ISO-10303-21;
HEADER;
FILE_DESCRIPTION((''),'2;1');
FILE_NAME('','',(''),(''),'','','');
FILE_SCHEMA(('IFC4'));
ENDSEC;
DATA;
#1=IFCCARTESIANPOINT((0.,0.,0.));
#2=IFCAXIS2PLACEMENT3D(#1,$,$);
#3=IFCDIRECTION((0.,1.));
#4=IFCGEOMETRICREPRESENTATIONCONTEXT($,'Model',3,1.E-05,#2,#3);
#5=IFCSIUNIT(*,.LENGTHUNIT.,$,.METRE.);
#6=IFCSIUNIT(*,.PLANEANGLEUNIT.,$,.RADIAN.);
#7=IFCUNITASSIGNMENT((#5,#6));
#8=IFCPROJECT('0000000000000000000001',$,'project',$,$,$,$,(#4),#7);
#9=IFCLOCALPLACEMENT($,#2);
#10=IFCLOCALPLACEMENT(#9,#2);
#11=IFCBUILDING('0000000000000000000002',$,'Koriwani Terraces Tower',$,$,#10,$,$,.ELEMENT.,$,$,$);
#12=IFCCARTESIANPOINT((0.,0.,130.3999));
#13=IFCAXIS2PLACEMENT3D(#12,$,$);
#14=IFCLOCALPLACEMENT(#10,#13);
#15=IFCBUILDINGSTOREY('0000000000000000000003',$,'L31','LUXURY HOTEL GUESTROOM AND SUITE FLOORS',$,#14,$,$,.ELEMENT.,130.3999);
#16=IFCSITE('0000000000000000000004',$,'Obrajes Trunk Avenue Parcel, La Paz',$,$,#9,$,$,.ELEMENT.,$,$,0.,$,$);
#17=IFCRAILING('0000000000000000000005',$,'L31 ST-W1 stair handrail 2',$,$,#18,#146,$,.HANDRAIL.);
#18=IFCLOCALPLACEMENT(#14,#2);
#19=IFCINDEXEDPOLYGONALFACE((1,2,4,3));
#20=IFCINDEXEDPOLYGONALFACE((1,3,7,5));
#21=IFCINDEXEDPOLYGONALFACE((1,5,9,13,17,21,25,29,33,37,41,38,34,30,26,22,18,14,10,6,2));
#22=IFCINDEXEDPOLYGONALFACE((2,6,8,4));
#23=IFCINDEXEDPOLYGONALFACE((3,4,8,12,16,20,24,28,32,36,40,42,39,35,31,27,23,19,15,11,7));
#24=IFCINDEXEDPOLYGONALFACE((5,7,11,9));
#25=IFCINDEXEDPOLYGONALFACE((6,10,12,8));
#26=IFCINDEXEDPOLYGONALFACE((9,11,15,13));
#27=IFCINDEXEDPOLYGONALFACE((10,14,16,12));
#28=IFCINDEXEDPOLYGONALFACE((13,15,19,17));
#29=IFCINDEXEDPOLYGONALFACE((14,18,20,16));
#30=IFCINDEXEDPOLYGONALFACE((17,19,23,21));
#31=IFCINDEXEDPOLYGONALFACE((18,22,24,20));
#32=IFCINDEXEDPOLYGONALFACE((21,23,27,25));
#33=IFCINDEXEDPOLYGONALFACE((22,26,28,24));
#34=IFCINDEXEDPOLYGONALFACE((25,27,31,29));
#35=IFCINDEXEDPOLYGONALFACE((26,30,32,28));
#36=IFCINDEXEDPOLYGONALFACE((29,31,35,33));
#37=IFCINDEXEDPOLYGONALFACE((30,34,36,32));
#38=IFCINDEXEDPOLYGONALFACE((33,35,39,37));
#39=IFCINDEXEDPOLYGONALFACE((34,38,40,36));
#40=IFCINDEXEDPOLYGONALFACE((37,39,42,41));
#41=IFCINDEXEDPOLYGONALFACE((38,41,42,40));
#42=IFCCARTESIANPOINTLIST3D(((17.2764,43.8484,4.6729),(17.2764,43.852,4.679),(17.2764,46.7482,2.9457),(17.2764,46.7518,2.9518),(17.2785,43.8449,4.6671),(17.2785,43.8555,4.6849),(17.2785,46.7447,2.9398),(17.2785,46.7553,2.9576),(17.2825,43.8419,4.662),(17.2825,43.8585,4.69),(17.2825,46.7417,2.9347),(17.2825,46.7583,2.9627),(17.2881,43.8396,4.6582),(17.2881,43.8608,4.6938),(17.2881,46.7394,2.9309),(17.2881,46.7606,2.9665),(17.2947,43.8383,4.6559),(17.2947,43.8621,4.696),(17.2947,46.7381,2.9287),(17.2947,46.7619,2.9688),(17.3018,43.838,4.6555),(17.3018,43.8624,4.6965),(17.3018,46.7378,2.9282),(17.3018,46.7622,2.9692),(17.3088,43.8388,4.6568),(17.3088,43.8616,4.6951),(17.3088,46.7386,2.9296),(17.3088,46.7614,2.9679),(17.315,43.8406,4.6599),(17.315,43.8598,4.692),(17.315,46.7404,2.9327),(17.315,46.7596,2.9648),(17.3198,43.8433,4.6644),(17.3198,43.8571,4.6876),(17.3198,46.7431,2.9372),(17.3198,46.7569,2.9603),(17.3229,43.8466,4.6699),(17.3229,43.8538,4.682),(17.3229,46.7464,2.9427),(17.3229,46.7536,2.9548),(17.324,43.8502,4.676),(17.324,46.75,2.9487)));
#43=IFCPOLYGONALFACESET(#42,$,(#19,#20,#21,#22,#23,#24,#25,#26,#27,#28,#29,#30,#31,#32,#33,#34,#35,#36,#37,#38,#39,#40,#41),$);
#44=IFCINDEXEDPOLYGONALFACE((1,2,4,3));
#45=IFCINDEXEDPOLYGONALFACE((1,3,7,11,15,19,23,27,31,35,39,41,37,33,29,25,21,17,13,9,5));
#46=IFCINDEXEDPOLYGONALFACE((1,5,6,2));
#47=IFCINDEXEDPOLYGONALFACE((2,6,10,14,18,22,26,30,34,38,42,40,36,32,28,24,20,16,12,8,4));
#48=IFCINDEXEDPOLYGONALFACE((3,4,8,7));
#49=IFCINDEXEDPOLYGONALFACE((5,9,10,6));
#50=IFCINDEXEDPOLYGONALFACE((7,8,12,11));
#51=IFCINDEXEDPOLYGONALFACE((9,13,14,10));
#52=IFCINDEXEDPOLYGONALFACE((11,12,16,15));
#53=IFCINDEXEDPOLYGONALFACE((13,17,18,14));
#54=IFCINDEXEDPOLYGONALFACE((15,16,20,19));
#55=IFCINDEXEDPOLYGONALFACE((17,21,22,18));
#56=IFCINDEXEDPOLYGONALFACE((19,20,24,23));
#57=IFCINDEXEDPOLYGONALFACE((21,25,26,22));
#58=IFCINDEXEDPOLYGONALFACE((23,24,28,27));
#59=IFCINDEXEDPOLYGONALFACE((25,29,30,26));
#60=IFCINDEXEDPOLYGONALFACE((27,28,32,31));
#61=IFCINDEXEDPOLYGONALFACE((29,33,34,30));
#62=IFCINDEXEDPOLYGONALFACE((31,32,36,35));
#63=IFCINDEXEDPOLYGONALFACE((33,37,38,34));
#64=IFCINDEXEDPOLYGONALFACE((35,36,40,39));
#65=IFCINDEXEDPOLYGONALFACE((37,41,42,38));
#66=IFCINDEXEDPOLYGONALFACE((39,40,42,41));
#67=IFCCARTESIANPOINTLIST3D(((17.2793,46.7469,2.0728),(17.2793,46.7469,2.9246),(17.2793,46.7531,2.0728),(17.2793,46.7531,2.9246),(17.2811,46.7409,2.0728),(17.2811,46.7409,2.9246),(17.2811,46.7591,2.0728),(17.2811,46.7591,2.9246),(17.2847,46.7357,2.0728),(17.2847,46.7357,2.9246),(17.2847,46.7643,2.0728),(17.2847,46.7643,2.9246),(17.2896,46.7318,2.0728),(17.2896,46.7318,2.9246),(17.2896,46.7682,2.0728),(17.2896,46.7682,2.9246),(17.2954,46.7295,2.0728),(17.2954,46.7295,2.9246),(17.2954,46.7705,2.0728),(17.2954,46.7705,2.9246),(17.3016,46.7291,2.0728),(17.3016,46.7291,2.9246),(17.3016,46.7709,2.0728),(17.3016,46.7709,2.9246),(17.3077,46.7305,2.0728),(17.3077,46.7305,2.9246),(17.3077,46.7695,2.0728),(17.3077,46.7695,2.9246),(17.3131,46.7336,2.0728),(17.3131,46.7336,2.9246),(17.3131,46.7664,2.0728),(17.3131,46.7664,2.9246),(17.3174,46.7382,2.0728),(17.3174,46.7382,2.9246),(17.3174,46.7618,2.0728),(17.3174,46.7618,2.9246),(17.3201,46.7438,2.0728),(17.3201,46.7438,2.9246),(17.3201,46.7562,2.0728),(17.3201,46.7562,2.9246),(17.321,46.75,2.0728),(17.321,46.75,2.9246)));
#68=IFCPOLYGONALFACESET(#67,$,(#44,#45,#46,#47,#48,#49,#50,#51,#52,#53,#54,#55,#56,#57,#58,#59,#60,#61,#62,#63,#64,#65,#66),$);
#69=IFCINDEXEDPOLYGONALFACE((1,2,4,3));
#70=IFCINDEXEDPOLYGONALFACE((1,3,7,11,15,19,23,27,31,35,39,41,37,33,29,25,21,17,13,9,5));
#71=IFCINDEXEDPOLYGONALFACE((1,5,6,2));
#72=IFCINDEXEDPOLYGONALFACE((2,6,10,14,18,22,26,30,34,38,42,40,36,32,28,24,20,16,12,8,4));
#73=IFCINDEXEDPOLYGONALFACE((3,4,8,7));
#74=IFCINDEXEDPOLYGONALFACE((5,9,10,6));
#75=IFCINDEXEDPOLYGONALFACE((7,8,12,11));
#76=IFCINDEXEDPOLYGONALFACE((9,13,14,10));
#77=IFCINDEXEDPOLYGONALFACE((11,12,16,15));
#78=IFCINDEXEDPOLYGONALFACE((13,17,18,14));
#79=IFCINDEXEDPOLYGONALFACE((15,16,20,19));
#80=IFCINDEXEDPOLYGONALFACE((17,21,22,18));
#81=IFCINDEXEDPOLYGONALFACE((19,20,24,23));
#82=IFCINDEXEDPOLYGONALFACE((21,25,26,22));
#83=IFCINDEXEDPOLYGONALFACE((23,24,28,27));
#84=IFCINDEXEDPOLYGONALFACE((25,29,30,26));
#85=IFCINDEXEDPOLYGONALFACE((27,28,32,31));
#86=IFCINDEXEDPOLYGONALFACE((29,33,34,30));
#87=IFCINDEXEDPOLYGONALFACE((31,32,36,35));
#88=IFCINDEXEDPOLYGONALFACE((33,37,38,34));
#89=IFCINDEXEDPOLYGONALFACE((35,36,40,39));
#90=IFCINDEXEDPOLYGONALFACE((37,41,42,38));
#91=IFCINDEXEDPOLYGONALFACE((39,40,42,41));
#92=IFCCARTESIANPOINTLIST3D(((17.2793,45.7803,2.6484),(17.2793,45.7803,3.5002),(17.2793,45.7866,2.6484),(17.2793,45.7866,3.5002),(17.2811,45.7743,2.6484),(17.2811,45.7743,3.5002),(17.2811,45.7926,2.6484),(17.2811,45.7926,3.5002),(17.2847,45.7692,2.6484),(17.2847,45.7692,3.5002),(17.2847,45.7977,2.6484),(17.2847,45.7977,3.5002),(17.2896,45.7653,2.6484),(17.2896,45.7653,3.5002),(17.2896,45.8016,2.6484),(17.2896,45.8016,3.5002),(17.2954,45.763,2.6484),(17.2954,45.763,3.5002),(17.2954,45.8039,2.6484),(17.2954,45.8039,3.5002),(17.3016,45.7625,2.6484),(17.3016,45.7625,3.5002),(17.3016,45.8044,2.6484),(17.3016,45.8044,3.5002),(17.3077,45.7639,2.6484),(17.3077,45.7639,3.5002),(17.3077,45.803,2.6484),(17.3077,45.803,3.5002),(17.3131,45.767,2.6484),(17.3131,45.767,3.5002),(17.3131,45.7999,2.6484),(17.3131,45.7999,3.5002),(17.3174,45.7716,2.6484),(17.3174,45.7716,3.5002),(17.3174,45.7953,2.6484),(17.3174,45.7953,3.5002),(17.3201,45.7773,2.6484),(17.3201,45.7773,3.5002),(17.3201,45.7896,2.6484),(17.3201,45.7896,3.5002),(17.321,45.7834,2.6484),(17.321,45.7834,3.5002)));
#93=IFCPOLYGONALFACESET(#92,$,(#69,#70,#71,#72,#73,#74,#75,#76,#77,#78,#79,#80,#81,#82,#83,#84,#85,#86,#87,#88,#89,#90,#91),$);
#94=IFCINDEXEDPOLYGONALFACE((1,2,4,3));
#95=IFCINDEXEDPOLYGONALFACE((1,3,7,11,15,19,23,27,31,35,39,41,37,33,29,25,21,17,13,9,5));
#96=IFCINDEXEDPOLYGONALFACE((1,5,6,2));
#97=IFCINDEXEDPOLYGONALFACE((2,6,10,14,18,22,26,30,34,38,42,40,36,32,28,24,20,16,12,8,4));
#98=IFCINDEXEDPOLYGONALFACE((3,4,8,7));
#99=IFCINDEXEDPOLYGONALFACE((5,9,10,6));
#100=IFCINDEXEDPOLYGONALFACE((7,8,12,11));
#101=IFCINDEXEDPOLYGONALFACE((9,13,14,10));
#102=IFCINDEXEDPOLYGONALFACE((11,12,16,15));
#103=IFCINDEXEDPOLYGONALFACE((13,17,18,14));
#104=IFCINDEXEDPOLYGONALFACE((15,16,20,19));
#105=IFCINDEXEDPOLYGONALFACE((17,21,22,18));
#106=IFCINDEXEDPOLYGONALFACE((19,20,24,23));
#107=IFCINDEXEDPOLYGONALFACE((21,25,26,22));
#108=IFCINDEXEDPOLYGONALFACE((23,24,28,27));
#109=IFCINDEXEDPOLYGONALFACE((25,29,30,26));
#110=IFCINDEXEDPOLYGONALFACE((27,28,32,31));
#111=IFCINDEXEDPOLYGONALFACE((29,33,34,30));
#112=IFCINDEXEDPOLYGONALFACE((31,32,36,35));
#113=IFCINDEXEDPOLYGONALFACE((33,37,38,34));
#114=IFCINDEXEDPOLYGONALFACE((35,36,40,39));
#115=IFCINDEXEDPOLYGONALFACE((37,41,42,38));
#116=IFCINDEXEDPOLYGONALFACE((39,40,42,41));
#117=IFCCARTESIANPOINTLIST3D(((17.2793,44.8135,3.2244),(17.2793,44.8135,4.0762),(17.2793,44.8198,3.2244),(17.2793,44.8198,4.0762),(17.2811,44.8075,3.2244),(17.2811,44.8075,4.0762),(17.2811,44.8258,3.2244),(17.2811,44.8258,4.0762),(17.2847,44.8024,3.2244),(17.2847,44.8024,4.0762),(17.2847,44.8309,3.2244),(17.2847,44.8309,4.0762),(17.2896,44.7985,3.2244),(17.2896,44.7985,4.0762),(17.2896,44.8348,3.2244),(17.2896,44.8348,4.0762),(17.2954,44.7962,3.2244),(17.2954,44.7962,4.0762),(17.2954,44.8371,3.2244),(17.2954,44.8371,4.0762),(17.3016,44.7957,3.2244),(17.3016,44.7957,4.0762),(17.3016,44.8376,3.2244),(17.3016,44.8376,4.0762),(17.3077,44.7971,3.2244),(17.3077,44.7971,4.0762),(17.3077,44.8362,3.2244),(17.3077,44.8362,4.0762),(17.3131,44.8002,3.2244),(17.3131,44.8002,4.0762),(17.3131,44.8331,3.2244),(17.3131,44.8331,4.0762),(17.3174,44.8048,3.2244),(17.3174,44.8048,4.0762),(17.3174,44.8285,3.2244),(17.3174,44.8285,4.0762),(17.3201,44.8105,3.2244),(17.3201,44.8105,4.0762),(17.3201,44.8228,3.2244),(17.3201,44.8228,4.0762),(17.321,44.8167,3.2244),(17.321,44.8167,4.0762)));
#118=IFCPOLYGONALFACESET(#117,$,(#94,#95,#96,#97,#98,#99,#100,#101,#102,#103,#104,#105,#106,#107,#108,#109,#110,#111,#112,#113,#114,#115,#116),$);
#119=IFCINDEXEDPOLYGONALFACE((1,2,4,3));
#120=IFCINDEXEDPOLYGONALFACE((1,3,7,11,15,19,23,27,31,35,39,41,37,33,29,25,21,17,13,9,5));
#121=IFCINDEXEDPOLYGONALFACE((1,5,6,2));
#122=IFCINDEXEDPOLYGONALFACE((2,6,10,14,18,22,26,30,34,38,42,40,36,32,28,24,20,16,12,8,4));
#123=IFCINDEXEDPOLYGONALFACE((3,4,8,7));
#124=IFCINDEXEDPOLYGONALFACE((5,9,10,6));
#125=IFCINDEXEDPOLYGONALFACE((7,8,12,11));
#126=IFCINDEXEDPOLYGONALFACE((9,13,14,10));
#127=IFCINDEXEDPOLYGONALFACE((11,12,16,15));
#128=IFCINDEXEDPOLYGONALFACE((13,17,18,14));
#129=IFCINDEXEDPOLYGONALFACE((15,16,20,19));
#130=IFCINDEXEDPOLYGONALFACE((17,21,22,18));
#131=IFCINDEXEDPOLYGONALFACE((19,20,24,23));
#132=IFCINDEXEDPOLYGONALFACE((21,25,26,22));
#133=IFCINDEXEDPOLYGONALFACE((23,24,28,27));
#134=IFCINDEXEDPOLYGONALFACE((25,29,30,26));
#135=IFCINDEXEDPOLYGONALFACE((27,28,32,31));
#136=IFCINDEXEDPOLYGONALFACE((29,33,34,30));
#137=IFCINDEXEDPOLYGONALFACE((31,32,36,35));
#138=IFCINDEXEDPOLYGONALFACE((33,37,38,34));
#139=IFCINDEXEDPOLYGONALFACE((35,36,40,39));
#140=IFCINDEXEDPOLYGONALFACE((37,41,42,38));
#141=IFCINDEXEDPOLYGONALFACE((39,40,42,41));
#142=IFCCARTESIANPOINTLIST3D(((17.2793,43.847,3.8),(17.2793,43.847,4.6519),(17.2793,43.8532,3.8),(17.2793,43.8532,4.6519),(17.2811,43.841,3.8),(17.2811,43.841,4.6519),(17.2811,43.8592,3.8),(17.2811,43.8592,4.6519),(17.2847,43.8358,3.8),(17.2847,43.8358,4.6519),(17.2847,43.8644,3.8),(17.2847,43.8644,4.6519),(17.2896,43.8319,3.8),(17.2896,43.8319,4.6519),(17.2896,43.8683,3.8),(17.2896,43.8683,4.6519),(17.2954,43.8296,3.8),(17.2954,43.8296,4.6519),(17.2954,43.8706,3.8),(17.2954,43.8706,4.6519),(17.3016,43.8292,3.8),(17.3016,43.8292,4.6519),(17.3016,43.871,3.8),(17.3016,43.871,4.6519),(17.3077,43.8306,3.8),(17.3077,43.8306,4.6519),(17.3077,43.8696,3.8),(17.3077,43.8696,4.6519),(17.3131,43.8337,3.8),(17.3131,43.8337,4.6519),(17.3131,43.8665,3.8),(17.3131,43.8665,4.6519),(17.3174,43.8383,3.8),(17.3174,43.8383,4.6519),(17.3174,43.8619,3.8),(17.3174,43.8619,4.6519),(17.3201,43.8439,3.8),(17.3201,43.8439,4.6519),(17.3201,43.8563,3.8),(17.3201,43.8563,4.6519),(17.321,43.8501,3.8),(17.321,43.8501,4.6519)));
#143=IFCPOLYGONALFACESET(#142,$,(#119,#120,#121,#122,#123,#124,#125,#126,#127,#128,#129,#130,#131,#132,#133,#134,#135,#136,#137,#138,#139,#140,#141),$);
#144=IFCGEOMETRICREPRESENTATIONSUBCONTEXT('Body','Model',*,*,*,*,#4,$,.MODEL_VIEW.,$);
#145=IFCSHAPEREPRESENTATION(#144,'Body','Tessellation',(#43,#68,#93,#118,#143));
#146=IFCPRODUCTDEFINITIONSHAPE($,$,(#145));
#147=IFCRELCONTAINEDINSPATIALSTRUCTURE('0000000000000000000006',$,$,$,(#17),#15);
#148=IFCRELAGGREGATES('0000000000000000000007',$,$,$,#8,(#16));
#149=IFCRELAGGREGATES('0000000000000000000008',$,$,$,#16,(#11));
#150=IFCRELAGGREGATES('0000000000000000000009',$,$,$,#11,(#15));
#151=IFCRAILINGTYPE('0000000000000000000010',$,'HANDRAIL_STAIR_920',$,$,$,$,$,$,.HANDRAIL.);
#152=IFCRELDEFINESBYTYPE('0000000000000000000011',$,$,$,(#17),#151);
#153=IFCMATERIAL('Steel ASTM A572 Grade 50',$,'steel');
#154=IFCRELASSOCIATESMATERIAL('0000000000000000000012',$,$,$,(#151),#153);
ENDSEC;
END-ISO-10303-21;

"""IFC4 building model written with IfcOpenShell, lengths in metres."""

from ifc_helpers import new_model, si_unit, direction, frame, origin, origin_2d, place, context, subcontext, project, spatial, circle, extrude, material, type_object, element, save


model = new_model("IFC4")

# Units and contexts
model_context = context("Model", 3, precision=1e-05, world=origin(), true_north=direction((0.0, 1.0)))
body_context = subcontext(model_context, "Body", "Model", "MODEL_VIEW")
ifc_project = project(units=[si_unit("LENGTHUNIT", "METRE"), si_unit("PLANEANGLEUNIT", "RADIAN")], contexts=[model_context])

# Site, building, storey
site_placement = place(None, origin())
site = spatial("IfcSite", under=ifc_project, at=site_placement, Name="Obrajes Trunk Avenue Parcel, La Paz", CompositionType="ELEMENT", RefElevation=0.0)
building_placement = place(site_placement, origin())
building = spatial("IfcBuilding", under=site, at=building_placement, Name="Koriwani Terraces Tower", CompositionType="ELEMENT")
storey_placement = place(building_placement, frame((0.0, 0.0, 130.3999)))
storey = spatial("IfcBuildingStorey", under=building, at=storey_placement, Name="L31", Description="LUXURY HOTEL GUESTROOM AND SUITE FLOORS", CompositionType="ELEMENT", Elevation=130.3999)

# Shared definitions
ifc_material_1 = material(Name="Steel ASTM A572 Grade 50", Category="steel")

# Railing
railing_type_1 = type_object("IfcRailingType", Name="HANDRAIL_STAIR_920", PredefinedType="HANDRAIL", material=ifc_material_1)
for number, where, name in (
    (1, (17.3, 46.75, 2.0728), "L31 ST-W1 stair handrail 2"),
):
    element("IfcRailing", number, at=place(storey_placement, frame(where)), inside=storey, type_object=railing_type_1, Name=name, PredefinedType="HANDRAIL", context=body_context, shape_type="SweptSolid", body=[
        extrude(circle(Radius=0.0239, at=origin_2d()), frame((0.0, 0.0, 0.876), z_axis=(0.0, -0.859141, 0.511738), x_axis=(1.0, 0.0, 0.0)), (0.0, 0.0, 1.0), 3.3752),
        extrude(circle(Radius=0.021, at=origin_2d()), origin(), (0.0, 0.0, 1.0), 0.8518),
        extrude(circle(Radius=0.021, at=origin_2d()), frame((0.0, -0.9666, 0.5757)), (0.0, 0.0, 1.0), 0.8518),
        extrude(circle(Radius=0.021, at=origin_2d()), frame((0.0, -1.9333, 1.1516)), (0.0, 0.0, 1.0), 0.8518),
        extrude(circle(Radius=0.021, at=origin_2d()), frame((0.0, -2.8999, 1.7273)), (0.0, 0.0, 1.0), 0.8518),
    ])

save(model, "model.ifc")
